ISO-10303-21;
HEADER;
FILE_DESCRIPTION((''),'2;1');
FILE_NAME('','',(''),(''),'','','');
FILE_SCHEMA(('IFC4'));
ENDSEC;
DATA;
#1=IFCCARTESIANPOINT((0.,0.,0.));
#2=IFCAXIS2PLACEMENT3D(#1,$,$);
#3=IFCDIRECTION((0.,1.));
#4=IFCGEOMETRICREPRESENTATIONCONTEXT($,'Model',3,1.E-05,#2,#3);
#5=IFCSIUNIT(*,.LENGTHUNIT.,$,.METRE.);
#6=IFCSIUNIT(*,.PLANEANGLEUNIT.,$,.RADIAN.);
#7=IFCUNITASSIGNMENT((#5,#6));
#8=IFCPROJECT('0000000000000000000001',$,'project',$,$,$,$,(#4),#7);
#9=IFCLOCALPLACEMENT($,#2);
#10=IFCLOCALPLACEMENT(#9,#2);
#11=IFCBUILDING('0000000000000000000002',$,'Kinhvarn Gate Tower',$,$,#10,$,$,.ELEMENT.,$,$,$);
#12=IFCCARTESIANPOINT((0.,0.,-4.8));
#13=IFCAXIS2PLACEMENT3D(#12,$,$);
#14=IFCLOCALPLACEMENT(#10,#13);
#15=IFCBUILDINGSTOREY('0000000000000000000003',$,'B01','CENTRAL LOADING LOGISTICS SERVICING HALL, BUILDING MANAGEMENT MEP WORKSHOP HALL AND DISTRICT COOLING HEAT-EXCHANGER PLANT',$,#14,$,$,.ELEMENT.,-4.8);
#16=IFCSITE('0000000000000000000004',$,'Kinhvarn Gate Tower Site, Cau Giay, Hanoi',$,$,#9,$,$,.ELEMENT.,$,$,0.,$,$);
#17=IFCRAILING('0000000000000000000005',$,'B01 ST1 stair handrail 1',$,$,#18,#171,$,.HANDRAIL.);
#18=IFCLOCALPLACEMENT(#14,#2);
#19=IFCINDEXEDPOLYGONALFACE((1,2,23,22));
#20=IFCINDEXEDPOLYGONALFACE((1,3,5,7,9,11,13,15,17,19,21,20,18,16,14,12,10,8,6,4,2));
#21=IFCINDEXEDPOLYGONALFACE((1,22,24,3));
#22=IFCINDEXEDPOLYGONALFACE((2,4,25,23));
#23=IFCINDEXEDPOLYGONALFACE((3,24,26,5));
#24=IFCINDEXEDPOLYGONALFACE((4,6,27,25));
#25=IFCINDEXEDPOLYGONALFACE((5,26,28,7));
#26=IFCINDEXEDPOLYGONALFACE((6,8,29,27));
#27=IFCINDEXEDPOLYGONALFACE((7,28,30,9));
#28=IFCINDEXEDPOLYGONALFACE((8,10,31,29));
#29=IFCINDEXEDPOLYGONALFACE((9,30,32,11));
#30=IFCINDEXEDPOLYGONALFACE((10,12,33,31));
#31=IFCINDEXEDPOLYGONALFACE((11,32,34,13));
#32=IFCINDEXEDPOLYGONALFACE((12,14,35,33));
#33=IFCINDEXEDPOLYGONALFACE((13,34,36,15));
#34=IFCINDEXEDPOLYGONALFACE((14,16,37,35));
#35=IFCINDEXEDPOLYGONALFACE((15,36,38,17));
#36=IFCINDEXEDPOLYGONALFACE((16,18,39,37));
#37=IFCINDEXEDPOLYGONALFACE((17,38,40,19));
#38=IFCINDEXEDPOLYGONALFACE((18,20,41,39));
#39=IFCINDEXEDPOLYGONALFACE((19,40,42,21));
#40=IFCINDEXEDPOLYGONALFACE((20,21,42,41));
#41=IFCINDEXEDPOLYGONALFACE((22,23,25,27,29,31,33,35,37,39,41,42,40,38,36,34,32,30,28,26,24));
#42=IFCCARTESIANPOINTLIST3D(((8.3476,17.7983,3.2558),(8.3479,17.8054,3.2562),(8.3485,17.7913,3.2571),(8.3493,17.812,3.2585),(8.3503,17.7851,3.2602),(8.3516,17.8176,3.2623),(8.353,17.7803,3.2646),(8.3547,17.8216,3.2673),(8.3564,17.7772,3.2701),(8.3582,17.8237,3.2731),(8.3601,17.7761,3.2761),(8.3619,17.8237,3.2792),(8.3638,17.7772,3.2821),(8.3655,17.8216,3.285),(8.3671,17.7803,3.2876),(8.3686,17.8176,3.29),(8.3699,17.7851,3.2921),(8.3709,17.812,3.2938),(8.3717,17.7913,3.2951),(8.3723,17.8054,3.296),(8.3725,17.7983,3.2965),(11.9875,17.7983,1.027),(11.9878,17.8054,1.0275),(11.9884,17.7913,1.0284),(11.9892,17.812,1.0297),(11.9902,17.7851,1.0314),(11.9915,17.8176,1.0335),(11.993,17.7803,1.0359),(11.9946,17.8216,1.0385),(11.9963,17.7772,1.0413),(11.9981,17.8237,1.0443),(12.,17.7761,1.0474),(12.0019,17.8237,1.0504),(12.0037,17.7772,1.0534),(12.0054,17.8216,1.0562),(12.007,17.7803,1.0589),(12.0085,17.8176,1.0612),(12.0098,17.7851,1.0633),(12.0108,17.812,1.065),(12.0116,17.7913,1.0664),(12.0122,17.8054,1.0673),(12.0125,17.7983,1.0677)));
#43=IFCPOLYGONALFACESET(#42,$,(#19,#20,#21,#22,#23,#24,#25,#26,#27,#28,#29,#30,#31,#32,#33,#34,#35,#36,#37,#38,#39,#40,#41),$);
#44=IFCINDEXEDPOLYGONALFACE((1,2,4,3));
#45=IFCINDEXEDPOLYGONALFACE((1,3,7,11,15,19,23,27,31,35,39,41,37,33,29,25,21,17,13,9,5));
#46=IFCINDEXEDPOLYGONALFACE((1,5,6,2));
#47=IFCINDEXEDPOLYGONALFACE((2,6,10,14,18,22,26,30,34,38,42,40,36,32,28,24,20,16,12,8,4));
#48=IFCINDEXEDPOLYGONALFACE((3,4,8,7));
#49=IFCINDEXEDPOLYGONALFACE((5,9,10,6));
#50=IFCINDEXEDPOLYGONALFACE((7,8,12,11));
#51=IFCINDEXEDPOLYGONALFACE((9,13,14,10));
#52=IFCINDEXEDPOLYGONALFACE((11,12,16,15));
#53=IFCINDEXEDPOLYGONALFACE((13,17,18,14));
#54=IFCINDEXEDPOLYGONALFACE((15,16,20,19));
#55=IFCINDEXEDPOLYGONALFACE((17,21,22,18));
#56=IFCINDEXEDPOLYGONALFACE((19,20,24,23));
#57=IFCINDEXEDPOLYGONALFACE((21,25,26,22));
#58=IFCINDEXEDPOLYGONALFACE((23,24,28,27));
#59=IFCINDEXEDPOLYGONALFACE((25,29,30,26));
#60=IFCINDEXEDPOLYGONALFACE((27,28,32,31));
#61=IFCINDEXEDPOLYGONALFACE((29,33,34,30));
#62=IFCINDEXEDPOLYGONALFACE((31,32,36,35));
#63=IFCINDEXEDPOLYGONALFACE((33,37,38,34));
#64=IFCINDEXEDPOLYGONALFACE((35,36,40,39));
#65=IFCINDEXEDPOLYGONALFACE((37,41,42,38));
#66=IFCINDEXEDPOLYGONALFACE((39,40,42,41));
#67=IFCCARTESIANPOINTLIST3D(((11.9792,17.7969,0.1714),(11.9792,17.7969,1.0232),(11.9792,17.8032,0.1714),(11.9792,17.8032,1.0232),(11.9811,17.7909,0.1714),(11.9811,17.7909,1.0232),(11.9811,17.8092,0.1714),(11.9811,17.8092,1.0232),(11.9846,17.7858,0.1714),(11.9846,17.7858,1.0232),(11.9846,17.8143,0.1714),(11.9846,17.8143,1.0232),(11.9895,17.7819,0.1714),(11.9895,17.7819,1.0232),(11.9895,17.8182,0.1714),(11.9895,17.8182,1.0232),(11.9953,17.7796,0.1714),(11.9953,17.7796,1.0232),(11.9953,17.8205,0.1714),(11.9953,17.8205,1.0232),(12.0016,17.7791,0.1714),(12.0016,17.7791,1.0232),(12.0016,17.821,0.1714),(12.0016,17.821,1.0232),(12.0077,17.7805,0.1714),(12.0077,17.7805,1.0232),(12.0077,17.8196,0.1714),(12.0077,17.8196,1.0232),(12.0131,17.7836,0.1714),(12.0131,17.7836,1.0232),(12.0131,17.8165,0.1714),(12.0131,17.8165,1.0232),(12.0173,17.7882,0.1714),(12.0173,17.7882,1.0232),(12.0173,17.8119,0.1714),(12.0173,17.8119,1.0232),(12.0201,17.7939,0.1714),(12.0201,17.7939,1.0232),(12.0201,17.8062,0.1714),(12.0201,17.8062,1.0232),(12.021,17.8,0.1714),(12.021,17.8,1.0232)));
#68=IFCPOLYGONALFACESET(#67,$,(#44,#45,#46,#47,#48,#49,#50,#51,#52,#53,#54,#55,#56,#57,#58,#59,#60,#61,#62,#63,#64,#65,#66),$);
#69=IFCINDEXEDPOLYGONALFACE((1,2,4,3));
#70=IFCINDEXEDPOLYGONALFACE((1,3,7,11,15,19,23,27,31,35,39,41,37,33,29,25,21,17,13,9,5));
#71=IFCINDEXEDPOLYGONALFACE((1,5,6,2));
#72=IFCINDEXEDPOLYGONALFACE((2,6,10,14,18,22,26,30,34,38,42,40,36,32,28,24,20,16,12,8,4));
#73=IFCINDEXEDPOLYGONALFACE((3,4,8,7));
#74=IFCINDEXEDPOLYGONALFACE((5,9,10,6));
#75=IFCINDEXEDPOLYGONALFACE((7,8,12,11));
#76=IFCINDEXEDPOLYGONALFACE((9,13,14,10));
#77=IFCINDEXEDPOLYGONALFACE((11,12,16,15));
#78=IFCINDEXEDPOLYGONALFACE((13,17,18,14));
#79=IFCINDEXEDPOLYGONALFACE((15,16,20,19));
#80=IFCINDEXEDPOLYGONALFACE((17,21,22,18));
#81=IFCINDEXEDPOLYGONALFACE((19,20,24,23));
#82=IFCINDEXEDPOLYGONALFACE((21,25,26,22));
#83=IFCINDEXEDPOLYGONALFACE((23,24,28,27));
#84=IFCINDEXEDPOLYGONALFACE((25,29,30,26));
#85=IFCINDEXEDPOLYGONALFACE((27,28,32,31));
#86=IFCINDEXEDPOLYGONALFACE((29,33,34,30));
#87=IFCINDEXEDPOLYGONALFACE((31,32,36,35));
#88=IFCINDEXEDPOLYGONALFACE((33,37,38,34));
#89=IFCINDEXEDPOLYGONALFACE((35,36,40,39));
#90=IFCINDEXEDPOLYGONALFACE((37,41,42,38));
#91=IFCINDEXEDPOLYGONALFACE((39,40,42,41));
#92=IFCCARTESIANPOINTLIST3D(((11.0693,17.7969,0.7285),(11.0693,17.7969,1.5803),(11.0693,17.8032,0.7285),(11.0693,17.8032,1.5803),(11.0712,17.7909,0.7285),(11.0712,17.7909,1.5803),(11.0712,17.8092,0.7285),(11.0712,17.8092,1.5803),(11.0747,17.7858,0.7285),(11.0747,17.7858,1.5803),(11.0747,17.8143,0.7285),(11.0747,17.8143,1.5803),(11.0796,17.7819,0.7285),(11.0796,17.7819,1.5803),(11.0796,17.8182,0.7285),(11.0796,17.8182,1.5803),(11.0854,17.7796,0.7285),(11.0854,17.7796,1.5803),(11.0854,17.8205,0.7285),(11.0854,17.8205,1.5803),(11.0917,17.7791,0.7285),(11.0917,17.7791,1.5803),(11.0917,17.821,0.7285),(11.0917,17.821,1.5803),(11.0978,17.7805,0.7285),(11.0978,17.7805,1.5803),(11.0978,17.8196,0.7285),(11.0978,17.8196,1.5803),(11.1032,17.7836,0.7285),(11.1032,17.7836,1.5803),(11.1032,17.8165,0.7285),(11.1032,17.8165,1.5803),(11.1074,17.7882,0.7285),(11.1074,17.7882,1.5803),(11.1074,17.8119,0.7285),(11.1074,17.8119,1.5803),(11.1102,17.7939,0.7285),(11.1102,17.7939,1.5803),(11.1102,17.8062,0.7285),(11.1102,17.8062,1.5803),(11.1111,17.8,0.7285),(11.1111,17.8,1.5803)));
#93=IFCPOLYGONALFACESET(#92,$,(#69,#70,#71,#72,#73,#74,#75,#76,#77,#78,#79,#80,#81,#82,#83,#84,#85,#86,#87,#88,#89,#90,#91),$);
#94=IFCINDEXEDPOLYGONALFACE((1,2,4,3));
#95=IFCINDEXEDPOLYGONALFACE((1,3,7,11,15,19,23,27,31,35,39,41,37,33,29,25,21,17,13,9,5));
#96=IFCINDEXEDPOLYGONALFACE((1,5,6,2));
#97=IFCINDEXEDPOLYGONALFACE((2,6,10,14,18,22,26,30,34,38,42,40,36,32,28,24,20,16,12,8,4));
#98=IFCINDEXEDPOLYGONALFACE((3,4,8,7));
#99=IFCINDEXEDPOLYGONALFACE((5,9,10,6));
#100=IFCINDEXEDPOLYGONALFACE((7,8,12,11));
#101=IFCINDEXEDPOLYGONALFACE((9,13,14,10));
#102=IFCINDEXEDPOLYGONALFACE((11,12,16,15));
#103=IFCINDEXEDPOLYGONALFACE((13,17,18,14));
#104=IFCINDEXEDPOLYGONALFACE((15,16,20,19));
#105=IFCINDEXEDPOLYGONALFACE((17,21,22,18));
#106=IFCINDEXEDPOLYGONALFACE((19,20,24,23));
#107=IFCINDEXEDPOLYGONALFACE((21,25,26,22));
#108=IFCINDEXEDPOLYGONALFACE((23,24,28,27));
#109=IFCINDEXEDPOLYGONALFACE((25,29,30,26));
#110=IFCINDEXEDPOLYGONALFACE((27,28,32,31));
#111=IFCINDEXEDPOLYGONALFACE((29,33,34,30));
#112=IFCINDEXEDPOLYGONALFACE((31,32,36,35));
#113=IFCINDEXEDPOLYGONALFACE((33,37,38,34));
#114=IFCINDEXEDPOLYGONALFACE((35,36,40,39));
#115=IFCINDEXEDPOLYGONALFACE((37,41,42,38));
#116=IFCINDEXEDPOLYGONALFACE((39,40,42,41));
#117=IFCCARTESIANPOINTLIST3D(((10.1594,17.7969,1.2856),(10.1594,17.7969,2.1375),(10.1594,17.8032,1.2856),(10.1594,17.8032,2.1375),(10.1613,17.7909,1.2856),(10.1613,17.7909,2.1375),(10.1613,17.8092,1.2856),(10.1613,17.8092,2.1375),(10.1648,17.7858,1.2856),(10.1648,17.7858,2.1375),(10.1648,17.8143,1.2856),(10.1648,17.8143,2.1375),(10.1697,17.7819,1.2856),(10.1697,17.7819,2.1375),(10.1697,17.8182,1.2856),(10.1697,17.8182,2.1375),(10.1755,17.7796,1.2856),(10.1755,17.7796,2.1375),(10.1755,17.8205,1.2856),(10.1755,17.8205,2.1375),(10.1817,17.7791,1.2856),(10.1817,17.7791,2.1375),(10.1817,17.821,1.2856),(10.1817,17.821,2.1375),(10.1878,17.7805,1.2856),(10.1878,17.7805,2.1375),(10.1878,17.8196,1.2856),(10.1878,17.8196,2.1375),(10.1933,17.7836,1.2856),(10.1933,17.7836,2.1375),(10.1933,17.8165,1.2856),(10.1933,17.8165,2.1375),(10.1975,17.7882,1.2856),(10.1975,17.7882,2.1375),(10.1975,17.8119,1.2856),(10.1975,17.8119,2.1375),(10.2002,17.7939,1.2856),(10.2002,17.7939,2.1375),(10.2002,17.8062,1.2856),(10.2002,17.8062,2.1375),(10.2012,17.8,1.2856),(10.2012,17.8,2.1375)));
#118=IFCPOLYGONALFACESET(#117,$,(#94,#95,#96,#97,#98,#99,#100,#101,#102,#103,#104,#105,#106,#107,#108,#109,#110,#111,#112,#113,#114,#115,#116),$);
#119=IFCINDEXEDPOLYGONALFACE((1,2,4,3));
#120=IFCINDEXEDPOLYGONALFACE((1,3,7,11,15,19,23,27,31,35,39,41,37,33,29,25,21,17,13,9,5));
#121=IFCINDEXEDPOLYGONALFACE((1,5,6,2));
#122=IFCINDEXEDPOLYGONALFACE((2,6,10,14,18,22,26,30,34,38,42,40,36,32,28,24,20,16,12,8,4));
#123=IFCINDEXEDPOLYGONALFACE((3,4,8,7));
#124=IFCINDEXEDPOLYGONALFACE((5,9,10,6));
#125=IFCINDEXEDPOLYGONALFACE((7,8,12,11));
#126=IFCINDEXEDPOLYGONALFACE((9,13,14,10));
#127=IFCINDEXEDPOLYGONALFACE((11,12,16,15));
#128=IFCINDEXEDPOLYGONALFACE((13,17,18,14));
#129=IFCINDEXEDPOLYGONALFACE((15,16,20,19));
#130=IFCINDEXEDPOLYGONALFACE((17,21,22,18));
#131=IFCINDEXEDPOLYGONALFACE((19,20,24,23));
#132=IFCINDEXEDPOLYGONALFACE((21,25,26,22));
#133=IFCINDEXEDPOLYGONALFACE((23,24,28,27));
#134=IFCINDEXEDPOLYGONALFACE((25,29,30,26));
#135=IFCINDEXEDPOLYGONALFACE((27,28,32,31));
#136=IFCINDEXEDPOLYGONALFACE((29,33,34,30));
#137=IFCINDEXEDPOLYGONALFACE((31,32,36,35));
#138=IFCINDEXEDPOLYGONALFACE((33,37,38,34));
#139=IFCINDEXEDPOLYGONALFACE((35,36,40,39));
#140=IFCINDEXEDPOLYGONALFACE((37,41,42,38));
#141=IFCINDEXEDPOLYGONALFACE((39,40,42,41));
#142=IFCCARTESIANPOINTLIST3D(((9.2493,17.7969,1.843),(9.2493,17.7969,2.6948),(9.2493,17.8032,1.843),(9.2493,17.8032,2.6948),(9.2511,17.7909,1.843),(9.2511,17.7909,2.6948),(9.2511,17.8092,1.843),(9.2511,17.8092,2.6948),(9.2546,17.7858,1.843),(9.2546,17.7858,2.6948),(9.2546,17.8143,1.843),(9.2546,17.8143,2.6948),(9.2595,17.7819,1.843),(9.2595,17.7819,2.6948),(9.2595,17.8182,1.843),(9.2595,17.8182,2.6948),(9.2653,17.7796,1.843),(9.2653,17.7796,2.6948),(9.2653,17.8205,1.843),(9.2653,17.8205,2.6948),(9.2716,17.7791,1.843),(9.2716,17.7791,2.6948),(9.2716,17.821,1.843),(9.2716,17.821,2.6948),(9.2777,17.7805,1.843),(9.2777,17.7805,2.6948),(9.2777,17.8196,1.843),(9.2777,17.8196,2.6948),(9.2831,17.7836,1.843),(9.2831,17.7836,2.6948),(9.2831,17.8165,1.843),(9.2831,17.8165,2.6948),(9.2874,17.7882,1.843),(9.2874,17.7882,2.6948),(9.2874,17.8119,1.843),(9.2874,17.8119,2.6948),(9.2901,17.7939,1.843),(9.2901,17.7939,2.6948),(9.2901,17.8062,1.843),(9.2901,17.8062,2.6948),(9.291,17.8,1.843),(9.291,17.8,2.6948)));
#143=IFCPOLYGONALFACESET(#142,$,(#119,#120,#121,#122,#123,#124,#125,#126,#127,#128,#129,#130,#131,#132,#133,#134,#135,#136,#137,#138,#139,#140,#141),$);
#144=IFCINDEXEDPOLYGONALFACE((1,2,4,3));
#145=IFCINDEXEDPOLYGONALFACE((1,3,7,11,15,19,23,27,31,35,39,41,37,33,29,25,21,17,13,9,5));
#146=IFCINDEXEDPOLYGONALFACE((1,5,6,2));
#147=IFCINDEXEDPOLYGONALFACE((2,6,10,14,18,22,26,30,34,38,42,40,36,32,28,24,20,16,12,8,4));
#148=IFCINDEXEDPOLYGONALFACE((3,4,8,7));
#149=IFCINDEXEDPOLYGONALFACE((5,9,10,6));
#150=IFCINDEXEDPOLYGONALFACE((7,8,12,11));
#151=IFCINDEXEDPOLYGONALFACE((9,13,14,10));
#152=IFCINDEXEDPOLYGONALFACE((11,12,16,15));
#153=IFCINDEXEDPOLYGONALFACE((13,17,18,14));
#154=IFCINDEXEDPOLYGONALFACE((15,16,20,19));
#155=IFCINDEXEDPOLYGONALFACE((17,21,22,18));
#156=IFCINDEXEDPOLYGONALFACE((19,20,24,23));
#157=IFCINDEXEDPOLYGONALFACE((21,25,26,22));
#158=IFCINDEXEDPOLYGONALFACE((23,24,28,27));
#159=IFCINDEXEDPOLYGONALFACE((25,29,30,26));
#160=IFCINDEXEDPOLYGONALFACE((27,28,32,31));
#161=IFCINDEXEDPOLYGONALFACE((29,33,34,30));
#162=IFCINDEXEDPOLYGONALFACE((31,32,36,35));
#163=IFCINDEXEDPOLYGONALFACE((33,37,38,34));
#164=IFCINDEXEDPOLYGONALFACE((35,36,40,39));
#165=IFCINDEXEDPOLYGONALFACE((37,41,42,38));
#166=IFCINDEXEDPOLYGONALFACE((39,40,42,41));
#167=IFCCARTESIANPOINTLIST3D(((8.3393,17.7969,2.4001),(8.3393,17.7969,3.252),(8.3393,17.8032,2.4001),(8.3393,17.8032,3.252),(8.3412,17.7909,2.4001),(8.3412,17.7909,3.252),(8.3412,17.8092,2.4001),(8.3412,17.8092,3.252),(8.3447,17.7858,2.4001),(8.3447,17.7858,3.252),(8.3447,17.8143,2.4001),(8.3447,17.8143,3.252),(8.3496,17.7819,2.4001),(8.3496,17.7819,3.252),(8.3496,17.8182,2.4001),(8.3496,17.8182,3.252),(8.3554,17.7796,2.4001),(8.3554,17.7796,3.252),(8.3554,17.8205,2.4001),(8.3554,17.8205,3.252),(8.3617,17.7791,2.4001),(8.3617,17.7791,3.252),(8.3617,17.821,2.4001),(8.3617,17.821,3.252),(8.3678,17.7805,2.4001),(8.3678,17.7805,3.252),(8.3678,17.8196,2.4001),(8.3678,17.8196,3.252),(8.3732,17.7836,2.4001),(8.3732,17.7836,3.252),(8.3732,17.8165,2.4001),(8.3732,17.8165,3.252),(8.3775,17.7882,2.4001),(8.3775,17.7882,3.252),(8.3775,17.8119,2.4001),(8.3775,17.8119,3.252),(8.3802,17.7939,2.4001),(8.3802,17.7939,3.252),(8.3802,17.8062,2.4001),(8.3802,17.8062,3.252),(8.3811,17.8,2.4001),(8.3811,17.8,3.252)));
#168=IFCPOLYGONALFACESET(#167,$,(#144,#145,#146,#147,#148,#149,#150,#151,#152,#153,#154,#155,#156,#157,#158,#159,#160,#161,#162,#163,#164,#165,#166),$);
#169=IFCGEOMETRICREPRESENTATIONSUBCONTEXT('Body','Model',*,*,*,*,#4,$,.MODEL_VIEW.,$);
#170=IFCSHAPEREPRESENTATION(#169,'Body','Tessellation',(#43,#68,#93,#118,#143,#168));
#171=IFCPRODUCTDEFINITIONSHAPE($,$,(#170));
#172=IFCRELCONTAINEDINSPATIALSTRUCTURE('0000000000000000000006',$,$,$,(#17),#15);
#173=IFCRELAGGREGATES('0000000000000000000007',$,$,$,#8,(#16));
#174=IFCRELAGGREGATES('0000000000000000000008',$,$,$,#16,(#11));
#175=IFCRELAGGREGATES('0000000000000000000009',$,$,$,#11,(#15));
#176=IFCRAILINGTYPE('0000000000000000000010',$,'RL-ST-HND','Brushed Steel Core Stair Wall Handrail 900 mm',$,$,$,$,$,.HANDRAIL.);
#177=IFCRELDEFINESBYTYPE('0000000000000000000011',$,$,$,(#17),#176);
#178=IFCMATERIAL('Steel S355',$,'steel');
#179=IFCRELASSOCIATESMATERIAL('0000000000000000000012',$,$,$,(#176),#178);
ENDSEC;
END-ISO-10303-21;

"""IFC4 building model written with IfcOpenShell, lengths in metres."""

from ifc_helpers import new_model, si_unit, direction, frame, origin, origin_2d, place, context, subcontext, project, spatial, circle, extrude, material, type_object, element, save


model = new_model("IFC4")

# Units and contexts
model_context = context("Model", 3, precision=1e-05, world=origin(), true_north=direction((0.0, 1.0)))
body_context = subcontext(model_context, "Body", "Model", "MODEL_VIEW")
ifc_project = project(units=[si_unit("LENGTHUNIT", "METRE"), si_unit("PLANEANGLEUNIT", "RADIAN")], contexts=[model_context])

# Site, building, storey
site_placement = place(None, origin())
site = spatial("IfcSite", under=ifc_project, at=site_placement, Name="Kinhvarn Gate Tower Site, Cau Giay, Hanoi", CompositionType="ELEMENT", RefElevation=0.0)
building_placement = place(site_placement, origin())
building = spatial("IfcBuilding", under=site, at=building_placement, Name="Kinhvarn Gate Tower", CompositionType="ELEMENT")
storey_placement = place(building_placement, frame((0.0, 0.0, -4.8)))
storey = spatial("IfcBuildingStorey", under=building, at=storey_placement, Name="B01", Description="CENTRAL LOADING LOGISTICS SERVICING HALL, BUILDING MANAGEMENT MEP WORKSHOP HALL AND DISTRICT COOLING HEAT-EXCHANGER PLANT", CompositionType="ELEMENT", Elevation=-4.8)

# Shared definitions
ifc_material_1 = material(Name="Steel S355", Category="steel")

# Railing
railing_type_1 = type_object("IfcRailingType", Name="RL-ST-HND", Description="Brushed Steel Core Stair Wall Handrail 900 mm", PredefinedType="HANDRAIL", material=ifc_material_1)
railing_1_placement = place(storey_placement, frame((12.0, 17.8, 0.1714)))
element("IfcRailing", 1, at=railing_1_placement, inside=storey, type_object=railing_type_1, Name="B01 ST1 stair handrail 1", PredefinedType="HANDRAIL", context=body_context, shape_type="SweptSolid", body=[
    extrude(circle(Radius=0.0239, at=origin_2d()), frame((0.0, 0.0, 0.876), z_axis=(-0.852825, 0.0, 0.522197), x_axis=(0.0, -1.0, 0.0)), (0.0, 0.0, 1.0), 4.2681),
    extrude(circle(Radius=0.021, at=origin_2d()), origin(), (0.0, 0.0, 1.0), 0.8518),
    extrude(circle(Radius=0.021, at=origin_2d()), frame((-0.9099, 0.0, 0.5571)), (0.0, 0.0, 1.0), 0.8518),
    extrude(circle(Radius=0.021, at=origin_2d()), frame((-1.8198, 0.0, 1.1143)), (0.0, 0.0, 1.0), 0.8518),
    extrude(circle(Radius=0.021, at=origin_2d()), frame((-2.73, 0.0, 1.6716)), (0.0, 0.0, 1.0), 0.8518),
    extrude(circle(Radius=0.021, at=origin_2d()), frame((-3.6399, 0.0, 2.2288)), (0.0, 0.0, 1.0), 0.8518),
])

save(model, "model.ifc")
